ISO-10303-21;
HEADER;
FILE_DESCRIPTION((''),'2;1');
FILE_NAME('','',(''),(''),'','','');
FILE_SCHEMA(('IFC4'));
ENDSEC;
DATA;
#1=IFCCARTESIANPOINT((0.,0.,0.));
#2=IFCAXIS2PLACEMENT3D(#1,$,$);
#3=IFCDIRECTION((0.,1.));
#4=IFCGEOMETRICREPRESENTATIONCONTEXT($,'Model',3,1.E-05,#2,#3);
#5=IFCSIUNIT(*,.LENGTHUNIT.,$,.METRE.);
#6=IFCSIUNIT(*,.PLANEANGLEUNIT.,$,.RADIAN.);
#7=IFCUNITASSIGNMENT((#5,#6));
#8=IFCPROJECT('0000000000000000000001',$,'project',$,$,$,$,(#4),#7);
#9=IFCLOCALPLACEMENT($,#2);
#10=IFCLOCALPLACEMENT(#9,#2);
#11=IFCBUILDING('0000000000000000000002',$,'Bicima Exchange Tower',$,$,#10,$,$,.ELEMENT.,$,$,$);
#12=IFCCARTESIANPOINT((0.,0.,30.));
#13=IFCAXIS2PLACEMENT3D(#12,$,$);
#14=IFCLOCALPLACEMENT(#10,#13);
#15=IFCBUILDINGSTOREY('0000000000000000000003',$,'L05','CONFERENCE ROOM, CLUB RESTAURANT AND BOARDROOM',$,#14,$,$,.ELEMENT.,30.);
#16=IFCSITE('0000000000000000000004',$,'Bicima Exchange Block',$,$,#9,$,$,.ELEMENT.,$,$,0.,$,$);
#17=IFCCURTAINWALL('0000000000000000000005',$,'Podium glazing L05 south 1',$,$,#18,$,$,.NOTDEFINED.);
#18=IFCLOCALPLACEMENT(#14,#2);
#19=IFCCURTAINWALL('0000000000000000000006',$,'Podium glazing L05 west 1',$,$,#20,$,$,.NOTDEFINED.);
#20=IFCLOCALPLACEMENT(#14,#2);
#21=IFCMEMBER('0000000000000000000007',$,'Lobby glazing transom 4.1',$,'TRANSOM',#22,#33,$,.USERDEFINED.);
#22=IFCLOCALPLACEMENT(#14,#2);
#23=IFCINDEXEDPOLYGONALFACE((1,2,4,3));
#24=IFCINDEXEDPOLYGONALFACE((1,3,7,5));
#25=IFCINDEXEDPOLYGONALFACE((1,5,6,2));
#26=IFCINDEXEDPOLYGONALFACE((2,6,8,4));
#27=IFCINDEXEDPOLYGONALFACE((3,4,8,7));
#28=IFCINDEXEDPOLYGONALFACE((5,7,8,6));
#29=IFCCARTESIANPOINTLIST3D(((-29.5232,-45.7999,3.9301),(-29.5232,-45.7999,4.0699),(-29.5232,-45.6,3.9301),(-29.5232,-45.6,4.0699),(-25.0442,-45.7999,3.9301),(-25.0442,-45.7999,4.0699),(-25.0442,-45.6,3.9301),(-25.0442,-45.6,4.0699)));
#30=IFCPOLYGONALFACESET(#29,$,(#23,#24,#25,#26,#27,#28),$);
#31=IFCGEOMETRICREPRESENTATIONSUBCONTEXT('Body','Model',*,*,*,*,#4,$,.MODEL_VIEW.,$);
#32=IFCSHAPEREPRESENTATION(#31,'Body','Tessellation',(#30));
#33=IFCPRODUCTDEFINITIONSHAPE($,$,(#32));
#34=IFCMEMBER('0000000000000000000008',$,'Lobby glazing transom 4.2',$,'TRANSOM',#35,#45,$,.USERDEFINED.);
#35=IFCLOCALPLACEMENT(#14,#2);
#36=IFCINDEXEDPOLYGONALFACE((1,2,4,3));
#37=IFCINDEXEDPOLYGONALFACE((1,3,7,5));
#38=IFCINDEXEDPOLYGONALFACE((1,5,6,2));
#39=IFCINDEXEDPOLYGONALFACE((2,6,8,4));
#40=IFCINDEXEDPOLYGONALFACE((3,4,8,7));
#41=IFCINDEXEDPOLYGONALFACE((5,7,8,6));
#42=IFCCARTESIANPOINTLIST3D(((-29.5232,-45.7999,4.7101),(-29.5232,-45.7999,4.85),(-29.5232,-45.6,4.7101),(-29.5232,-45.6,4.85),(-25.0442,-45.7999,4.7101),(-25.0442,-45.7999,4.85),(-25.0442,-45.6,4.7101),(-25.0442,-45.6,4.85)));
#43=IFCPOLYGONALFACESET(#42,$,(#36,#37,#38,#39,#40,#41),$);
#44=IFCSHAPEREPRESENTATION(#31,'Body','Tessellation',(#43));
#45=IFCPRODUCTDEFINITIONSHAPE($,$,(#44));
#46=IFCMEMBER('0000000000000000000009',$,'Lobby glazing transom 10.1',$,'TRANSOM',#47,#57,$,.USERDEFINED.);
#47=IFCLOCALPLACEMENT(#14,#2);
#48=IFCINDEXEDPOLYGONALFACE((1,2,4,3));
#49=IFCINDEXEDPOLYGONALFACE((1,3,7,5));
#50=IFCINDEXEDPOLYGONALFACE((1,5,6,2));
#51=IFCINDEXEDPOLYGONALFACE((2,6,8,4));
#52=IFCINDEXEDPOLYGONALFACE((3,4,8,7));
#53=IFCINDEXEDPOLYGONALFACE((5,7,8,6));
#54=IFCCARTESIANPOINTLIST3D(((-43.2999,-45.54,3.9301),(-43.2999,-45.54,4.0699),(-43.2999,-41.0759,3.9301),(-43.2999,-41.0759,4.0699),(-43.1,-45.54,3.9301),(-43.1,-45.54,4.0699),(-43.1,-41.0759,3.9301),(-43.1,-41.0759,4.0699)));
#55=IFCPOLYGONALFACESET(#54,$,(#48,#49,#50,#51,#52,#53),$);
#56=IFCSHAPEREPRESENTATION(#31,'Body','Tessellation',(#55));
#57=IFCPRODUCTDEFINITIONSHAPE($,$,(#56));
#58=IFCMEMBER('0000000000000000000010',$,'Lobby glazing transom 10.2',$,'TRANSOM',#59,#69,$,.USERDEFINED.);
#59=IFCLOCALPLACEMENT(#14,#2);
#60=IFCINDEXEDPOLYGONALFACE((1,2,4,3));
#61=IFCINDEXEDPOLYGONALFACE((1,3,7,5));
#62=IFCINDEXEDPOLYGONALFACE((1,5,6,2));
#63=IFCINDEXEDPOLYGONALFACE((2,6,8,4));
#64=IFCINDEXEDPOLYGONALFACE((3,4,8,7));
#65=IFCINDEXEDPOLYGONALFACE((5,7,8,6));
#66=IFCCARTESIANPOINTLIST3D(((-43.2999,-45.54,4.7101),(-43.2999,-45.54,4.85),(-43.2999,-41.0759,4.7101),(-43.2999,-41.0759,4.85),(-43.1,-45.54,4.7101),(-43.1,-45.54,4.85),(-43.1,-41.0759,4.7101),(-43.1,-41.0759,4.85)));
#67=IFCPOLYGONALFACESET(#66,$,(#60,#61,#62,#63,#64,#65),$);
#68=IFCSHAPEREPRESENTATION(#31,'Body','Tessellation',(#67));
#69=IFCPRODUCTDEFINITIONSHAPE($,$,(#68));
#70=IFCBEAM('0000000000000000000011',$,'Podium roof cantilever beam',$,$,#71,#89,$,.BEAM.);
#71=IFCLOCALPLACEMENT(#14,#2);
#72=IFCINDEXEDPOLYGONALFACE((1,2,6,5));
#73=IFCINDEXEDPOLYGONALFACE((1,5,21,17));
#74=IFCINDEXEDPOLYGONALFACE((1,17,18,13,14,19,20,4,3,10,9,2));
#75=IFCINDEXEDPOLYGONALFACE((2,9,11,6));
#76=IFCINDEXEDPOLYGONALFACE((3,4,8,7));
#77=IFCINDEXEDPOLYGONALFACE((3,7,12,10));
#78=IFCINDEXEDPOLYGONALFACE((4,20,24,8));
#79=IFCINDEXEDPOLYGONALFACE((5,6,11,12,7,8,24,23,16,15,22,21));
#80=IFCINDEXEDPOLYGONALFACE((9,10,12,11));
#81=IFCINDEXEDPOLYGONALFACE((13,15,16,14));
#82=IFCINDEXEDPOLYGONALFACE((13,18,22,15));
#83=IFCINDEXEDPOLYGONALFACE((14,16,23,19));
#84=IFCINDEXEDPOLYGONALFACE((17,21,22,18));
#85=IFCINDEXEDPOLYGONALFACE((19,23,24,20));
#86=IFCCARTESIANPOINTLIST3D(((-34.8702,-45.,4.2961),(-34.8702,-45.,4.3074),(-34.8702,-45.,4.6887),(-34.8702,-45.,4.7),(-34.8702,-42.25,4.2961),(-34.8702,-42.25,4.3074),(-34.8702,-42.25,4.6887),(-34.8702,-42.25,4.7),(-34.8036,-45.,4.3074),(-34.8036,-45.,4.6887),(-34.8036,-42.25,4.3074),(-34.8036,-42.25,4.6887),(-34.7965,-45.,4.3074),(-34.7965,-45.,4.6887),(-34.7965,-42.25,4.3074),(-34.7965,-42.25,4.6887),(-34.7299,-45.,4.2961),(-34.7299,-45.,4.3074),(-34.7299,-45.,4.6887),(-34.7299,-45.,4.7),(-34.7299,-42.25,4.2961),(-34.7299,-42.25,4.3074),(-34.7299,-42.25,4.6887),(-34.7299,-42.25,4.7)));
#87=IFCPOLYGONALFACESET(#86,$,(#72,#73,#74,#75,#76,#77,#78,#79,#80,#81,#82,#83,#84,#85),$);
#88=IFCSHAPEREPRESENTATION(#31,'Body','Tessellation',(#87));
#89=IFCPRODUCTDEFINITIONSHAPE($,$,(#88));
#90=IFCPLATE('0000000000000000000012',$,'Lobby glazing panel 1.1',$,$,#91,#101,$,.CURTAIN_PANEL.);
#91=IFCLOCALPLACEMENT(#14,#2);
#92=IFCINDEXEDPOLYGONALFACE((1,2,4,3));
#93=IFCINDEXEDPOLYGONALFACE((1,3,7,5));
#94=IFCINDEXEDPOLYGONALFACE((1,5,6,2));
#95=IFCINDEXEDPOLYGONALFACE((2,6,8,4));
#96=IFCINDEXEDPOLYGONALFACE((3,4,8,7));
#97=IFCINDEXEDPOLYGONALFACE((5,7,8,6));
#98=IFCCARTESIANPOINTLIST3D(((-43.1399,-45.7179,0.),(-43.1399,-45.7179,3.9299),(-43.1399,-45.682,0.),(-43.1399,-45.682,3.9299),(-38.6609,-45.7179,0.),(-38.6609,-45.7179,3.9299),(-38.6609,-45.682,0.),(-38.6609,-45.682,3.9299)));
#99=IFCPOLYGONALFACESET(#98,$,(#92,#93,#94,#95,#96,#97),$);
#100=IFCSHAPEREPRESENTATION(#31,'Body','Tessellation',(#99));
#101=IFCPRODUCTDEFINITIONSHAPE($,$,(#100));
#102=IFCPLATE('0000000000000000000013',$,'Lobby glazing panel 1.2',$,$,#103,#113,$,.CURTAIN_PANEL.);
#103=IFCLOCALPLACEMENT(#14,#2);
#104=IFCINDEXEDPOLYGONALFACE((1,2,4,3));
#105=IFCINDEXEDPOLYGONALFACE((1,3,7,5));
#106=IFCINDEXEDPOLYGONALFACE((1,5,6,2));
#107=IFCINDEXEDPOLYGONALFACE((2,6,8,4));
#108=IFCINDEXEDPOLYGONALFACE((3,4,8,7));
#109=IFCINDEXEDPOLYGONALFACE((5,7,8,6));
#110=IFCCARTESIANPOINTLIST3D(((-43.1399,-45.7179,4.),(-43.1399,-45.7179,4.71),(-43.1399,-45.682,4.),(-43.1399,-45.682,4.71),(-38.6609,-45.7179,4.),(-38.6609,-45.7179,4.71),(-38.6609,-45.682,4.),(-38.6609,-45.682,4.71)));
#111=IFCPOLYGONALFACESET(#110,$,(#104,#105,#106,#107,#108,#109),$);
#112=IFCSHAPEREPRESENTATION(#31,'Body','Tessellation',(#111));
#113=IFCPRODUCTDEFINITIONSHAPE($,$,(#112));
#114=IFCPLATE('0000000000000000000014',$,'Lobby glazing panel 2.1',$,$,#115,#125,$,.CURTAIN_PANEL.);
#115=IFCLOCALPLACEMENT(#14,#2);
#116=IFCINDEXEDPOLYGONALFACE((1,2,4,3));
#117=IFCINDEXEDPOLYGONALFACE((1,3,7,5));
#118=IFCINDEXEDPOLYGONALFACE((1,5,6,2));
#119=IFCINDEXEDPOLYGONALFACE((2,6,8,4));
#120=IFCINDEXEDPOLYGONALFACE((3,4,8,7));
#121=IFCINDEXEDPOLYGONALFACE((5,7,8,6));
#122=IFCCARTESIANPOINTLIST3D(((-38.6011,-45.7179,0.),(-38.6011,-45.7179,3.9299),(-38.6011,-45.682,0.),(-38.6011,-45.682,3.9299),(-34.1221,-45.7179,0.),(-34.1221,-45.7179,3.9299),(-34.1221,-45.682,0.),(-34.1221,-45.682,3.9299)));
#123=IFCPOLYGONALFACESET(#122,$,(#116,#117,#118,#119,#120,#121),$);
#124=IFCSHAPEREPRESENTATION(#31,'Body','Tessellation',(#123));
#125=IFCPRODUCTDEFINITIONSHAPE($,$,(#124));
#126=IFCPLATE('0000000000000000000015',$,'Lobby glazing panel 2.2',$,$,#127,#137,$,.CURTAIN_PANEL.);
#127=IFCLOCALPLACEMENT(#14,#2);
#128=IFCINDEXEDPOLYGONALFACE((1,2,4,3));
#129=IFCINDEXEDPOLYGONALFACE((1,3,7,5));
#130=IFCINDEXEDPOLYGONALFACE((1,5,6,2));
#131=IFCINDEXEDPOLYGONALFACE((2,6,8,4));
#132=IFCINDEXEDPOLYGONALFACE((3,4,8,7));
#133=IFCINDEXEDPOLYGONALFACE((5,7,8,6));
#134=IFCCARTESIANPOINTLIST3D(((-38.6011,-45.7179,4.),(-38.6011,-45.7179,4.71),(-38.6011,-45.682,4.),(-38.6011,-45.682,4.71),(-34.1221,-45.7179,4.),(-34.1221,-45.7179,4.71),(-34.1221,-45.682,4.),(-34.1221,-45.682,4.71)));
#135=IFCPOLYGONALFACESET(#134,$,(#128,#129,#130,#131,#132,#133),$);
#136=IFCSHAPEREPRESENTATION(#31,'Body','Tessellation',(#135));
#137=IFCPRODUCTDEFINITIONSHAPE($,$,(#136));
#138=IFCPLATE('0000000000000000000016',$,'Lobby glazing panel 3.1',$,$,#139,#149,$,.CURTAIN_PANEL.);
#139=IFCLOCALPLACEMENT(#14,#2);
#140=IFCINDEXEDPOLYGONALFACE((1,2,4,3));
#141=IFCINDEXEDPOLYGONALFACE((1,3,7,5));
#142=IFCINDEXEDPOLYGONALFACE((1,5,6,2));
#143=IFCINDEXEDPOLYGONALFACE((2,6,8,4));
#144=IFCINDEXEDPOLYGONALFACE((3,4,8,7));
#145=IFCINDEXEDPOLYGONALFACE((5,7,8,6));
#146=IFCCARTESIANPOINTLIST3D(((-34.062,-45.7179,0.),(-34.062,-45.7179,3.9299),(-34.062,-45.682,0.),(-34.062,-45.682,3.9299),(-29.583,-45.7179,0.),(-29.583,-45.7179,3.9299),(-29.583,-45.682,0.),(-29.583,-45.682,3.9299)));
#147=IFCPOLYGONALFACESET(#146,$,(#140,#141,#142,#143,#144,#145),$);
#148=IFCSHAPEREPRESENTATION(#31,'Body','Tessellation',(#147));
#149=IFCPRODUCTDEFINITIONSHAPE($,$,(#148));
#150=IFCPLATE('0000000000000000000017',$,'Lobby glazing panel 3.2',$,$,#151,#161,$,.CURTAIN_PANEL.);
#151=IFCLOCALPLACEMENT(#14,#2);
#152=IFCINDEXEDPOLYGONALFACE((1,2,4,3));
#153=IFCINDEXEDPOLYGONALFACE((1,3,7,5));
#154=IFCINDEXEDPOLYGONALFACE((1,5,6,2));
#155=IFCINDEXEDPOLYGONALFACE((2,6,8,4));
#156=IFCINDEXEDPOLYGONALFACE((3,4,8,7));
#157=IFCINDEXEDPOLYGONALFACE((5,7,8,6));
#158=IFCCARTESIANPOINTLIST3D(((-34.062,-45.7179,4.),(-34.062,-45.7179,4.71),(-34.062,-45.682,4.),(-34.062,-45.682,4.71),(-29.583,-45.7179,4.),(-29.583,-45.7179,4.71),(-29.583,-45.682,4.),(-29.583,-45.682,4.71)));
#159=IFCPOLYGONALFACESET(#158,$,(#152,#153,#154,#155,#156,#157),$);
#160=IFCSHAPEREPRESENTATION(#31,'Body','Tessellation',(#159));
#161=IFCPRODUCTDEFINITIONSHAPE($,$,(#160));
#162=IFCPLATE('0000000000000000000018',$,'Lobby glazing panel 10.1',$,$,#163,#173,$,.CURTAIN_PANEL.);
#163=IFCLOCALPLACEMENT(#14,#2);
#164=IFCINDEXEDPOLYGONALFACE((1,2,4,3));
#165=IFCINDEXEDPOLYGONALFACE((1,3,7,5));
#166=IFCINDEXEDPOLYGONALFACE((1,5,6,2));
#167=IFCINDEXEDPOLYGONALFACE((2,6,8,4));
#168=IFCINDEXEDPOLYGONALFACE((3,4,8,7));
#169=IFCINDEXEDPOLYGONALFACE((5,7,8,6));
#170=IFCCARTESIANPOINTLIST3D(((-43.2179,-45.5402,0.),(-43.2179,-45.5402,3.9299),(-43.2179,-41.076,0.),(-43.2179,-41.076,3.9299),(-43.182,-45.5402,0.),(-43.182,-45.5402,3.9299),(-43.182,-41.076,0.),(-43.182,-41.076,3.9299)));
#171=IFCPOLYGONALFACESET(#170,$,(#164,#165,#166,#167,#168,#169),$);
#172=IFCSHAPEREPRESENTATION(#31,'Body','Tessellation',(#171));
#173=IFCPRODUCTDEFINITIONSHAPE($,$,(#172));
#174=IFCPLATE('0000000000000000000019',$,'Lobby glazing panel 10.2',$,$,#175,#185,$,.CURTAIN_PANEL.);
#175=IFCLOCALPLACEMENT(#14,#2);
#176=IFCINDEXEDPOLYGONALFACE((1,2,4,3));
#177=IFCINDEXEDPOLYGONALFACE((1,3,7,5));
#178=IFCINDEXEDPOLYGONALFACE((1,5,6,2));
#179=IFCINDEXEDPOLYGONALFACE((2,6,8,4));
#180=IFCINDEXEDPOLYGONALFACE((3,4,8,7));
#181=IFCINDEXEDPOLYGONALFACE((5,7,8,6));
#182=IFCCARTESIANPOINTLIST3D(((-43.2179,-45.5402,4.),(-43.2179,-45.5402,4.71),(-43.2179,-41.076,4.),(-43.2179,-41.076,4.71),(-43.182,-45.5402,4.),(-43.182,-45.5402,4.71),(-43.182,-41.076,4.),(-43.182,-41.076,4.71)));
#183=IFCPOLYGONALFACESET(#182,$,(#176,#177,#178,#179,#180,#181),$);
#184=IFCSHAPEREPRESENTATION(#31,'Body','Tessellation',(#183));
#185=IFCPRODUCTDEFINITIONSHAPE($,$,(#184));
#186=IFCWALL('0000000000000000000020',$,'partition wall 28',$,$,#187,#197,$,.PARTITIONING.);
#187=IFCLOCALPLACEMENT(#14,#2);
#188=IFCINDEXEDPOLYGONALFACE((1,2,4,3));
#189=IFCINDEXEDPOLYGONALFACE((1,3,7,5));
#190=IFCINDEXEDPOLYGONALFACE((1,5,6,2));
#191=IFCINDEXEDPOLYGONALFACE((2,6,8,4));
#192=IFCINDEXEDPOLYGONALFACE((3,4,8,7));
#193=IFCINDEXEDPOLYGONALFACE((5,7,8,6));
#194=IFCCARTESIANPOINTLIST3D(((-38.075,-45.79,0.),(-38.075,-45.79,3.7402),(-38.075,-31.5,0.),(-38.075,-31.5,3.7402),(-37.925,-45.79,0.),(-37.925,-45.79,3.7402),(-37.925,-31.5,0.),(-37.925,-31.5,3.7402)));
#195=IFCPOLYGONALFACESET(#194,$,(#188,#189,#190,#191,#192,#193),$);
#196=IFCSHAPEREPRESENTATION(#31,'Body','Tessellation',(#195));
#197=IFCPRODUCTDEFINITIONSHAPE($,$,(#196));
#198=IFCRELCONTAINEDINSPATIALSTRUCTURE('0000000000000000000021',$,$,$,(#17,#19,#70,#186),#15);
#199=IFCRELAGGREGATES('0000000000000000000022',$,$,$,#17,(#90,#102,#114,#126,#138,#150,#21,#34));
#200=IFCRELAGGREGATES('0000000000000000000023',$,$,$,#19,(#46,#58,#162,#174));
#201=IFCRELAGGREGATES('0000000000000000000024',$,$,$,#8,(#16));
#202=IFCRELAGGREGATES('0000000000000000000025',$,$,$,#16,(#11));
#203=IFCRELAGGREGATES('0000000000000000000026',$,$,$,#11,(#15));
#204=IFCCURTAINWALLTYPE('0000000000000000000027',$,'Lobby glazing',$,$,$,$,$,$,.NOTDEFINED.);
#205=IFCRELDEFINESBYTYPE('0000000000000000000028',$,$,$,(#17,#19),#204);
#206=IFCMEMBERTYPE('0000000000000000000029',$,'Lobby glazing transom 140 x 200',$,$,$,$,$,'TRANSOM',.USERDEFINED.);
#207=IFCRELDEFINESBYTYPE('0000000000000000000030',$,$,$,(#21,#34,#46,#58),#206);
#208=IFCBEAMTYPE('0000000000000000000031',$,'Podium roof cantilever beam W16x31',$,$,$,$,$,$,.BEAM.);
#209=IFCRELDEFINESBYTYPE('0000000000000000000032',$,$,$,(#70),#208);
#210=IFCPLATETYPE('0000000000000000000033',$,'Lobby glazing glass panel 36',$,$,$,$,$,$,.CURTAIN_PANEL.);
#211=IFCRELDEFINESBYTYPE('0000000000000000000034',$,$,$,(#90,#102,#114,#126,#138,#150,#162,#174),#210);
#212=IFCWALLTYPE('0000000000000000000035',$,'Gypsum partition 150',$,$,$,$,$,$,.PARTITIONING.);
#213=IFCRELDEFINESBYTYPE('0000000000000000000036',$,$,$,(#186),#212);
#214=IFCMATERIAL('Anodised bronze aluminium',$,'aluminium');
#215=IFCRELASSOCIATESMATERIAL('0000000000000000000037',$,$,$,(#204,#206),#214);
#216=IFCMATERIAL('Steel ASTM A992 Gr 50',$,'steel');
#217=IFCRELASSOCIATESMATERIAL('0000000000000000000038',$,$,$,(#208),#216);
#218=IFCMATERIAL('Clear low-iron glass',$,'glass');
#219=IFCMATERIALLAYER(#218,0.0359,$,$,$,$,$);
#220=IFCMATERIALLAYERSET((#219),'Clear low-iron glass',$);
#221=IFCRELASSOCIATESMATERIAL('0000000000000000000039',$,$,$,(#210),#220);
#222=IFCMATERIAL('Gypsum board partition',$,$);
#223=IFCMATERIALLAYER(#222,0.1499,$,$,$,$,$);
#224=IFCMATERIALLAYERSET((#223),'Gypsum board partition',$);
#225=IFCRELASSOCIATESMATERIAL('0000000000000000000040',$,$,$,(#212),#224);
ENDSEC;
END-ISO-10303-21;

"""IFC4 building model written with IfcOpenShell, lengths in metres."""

from ifc_helpers import new_model, si_unit, direction, frame, frame_2d, origin, origin_2d, place, context, subcontext, project, spatial, rectangle, i_section, extrude, material, layer, layer_set, material_profile, profile_set, type_object, element, aggregate, save


model = new_model("IFC4")

# Units and contexts
model_context = context("Model", 3, precision=1e-05, world=origin(), true_north=direction((0.0, 1.0)))
body_context = subcontext(model_context, "Body", "Model", "MODEL_VIEW")
ifc_project = project(units=[si_unit("LENGTHUNIT", "METRE"), si_unit("PLANEANGLEUNIT", "RADIAN")], contexts=[model_context])

# Site, building, storey
site_placement = place(None, origin())
site = spatial("IfcSite", under=ifc_project, at=site_placement, Name="Bicima Exchange Block", CompositionType="ELEMENT", RefElevation=0.0)
building_placement = place(site_placement, origin())
building = spatial("IfcBuilding", under=site, at=building_placement, Name="Bicima Exchange Tower", CompositionType="ELEMENT")
storey_placement = place(building_placement, frame((0.0, 0.0, 30.0)))
storey = spatial("IfcBuildingStorey", under=building, at=storey_placement, Name="L05", Description="CONFERENCE ROOM, CLUB RESTAURANT AND BOARDROOM", CompositionType="ELEMENT", Elevation=30.0)

# Curtain walls
ifc_material_1 = material(Name="Anodised bronze aluminium", Category="aluminium")
curtain_wall_type = type_object("IfcCurtainWallType", Name="Lobby glazing", PredefinedType="NOTDEFINED", material=ifc_material_1)
curtain_wall_1_placement = place(storey_placement, origin())
curtain_wall_1 = element("IfcCurtainWall", 1, at=curtain_wall_1_placement, inside=storey, type_object=curtain_wall_type, Name="Podium glazing L05 south 1", PredefinedType="NOTDEFINED")
curtain_wall_2_placement = place(storey_placement, origin())
curtain_wall_2 = element("IfcCurtainWall", 2, at=curtain_wall_2_placement, inside=storey, type_object=curtain_wall_type, Name="Podium glazing L05 west 1", PredefinedType="NOTDEFINED")

# Members
ifc_material_profile_1 = material_profile(ifc_material_1, rectangle(XDim=0.2, YDim=0.1399, at=origin_2d()))
ifc_profile_set_1 = profile_set([ifc_material_profile_1], Name="Anodised bronze aluminium")
member_type_1 = type_object("IfcMemberType", Name="Lobby glazing transom 140 x 200", ElementType="TRANSOM", PredefinedType="USERDEFINED", material=ifc_profile_set_1)
member_1_placement = place(storey_placement, frame((-29.5232, -45.7, 4.0), z_axis=(1.0, 0.0, 0.0), x_axis=(0.0, 1.0, 0.0)))
member_1 = element("IfcMember", 3, at=member_1_placement, type_object=member_type_1, Name="Lobby glazing transom 4.1", ObjectType="TRANSOM", PredefinedType="USERDEFINED", context=body_context, shape_type="SweptSolid", body=[
    extrude(rectangle(XDim=0.2, YDim=0.1399, at=origin_2d()), origin(), (0.0, 0.0, 1.0), 4.479),
])
member_2_placement = place(storey_placement, frame((-29.5232, -45.7, 4.78), z_axis=(1.0, 0.0, 0.0), x_axis=(0.0, 1.0, 0.0)))
member_2 = element("IfcMember", 4, at=member_2_placement, type_object=member_type_1, Name="Lobby glazing transom 4.2", ObjectType="TRANSOM", PredefinedType="USERDEFINED", context=body_context, shape_type="SweptSolid", body=[
    extrude(rectangle(XDim=0.2, YDim=0.1399, at=origin_2d()), origin(), (0.0, 0.0, 1.0), 4.479),
])
member_3_placement = place(storey_placement, frame((-43.2, -41.0759, 4.0), z_axis=(0.0, -1.0, 0.0), x_axis=(1.0, 0.0, 0.0)))
member_3 = element("IfcMember", 5, at=member_3_placement, type_object=member_type_1, Name="Lobby glazing transom 10.1", ObjectType="TRANSOM", PredefinedType="USERDEFINED", context=body_context, shape_type="SweptSolid", body=[
    extrude(rectangle(XDim=0.2, YDim=0.1399, at=origin_2d()), origin(), (0.0, 0.0, 1.0), 4.4641),
])
member_4_placement = place(storey_placement, frame((-43.2, -41.0759, 4.78), z_axis=(0.0, -1.0, 0.0), x_axis=(1.0, 0.0, 0.0)))
member_4 = element("IfcMember", 6, at=member_4_placement, type_object=member_type_1, Name="Lobby glazing transom 10.2", ObjectType="TRANSOM", PredefinedType="USERDEFINED", context=body_context, shape_type="SweptSolid", body=[
    extrude(rectangle(XDim=0.2, YDim=0.1399, at=origin_2d()), origin(), (0.0, 0.0, 1.0), 4.4641),
])

# Beam
ifc_material_2 = material(Name="Steel ASTM A992 Gr 50", Category="steel")
ifc_material_profile_2 = material_profile(ifc_material_2, i_section(OverallWidth=0.1404, OverallDepth=0.4038, WebThickness=0.0071, FlangeThickness=0.0112, at=origin_2d()))
ifc_profile_set_2 = profile_set([ifc_material_profile_2], Name="Steel ASTM A992 Gr 50")
beam_type = type_object("IfcBeamType", Name="Podium roof cantilever beam W16x31", PredefinedType="BEAM", material=ifc_profile_set_2)
beam_placement = place(storey_placement, frame((-34.8, -45.0, 4.498), z_axis=(0.0, 1.0, 0.0), x_axis=(-1.0, 0.0, 0.0)))
element("IfcBeam", 7, at=beam_placement, inside=storey, type_object=beam_type, Name="Podium roof cantilever beam", PredefinedType="BEAM", context=body_context, shape_type="SweptSolid", body=[
    extrude(i_section(OverallWidth=0.1404, OverallDepth=0.4038, WebThickness=0.0071, FlangeThickness=0.0112, at=origin_2d()), origin(), (0.0, 0.0, 1.0), 2.75),
])

# Plates
ifc_material_3 = material(Name="Clear low-iron glass", Category="glass")
ifc_layer_1 = layer(ifc_material_3, 0.0359)
ifc_layer_set_1 = layer_set([ifc_layer_1], Name="Clear low-iron glass")
plate_type = type_object("IfcPlateType", Name="Lobby glazing glass panel 36", PredefinedType="CURTAIN_PANEL", material=ifc_layer_set_1)
plate_1_placement = place(storey_placement, frame((-40.9004, -45.7, 0.0), z_axis=(0.0, 0.0, 1.0), x_axis=(1.0, 0.0, 0.0)))
plate_1 = element("IfcPlate", 8, at=plate_1_placement, type_object=plate_type, Name="Lobby glazing panel 1.1", PredefinedType="CURTAIN_PANEL", context=body_context, shape_type="SweptSolid", body=[
    extrude(rectangle(XDim=4.479, YDim=0.0359, at=origin_2d()), origin(), (0.0, 0.0, 1.0), 3.9299),
])
plate_2_placement = place(storey_placement, frame((-40.9004, -45.7, 4.0), z_axis=(0.0, 0.0, 1.0), x_axis=(1.0, 0.0, 0.0)))
plate_2 = element("IfcPlate", 9, at=plate_2_placement, type_object=plate_type, Name="Lobby glazing panel 1.2", PredefinedType="CURTAIN_PANEL", context=body_context, shape_type="SweptSolid", body=[
    extrude(rectangle(XDim=4.479, YDim=0.0359, at=origin_2d()), origin(), (0.0, 0.0, 1.0), 0.71),
])
plate_3_placement = place(storey_placement, frame((-36.3616, -45.7, 0.0), z_axis=(0.0, 0.0, 1.0), x_axis=(1.0, 0.0, 0.0)))
plate_3 = element("IfcPlate", 10, at=plate_3_placement, type_object=plate_type, Name="Lobby glazing panel 2.1", PredefinedType="CURTAIN_PANEL", context=body_context, shape_type="SweptSolid", body=[
    extrude(rectangle(XDim=4.479, YDim=0.0359, at=origin_2d()), origin(), (0.0, 0.0, 1.0), 3.9299),
])
plate_4_placement = place(storey_placement, frame((-36.3616, -45.7, 4.0), z_axis=(0.0, 0.0, 1.0), x_axis=(1.0, 0.0, 0.0)))
plate_4 = element("IfcPlate", 11, at=plate_4_placement, type_object=plate_type, Name="Lobby glazing panel 2.2", PredefinedType="CURTAIN_PANEL", context=body_context, shape_type="SweptSolid", body=[
    extrude(rectangle(XDim=4.479, YDim=0.0359, at=origin_2d()), origin(), (0.0, 0.0, 1.0), 0.71),
])
plate_5_placement = place(storey_placement, frame((-31.8225, -45.7, 0.0), z_axis=(0.0, 0.0, 1.0), x_axis=(1.0, 0.0, 0.0)))
plate_5 = element("IfcPlate", 12, at=plate_5_placement, type_object=plate_type, Name="Lobby glazing panel 3.1", PredefinedType="CURTAIN_PANEL", context=body_context, shape_type="SweptSolid", body=[
    extrude(rectangle(XDim=4.479, YDim=0.0359, at=origin_2d()), origin(), (0.0, 0.0, 1.0), 3.9299),
])
plate_6_placement = place(storey_placement, frame((-31.8225, -45.7, 4.0), z_axis=(0.0, 0.0, 1.0), x_axis=(1.0, 0.0, 0.0)))
plate_6 = element("IfcPlate", 13, at=plate_6_placement, type_object=plate_type, Name="Lobby glazing panel 3.2", PredefinedType="CURTAIN_PANEL", context=body_context, shape_type="SweptSolid", body=[
    extrude(rectangle(XDim=4.479, YDim=0.0359, at=origin_2d()), origin(), (0.0, 0.0, 1.0), 0.71),
])
aggregate(curtain_wall_1, [plate_1, plate_2, plate_3, plate_4, plate_5, plate_6, member_1, member_2])
plate_7_placement = place(storey_placement, frame((-43.2, -43.3081, 0.0), z_axis=(0.0, 0.0, 1.0), x_axis=(0.0, -1.0, 0.0)))
plate_7 = element("IfcPlate", 14, at=plate_7_placement, type_object=plate_type, Name="Lobby glazing panel 10.1", PredefinedType="CURTAIN_PANEL", context=body_context, shape_type="SweptSolid", body=[
    extrude(rectangle(XDim=4.4641, YDim=0.0359, at=origin_2d()), origin(), (0.0, 0.0, 1.0), 3.9299),
])
plate_8_placement = place(storey_placement, frame((-43.2, -43.3081, 4.0), z_axis=(0.0, 0.0, 1.0), x_axis=(0.0, -1.0, 0.0)))
plate_8 = element("IfcPlate", 15, at=plate_8_placement, type_object=plate_type, Name="Lobby glazing panel 10.2", PredefinedType="CURTAIN_PANEL", context=body_context, shape_type="SweptSolid", body=[
    extrude(rectangle(XDim=4.4641, YDim=0.0359, at=origin_2d()), origin(), (0.0, 0.0, 1.0), 0.71),
])
aggregate(curtain_wall_2, [member_3, member_4, plate_7, plate_8])

# Wall
ifc_material_4 = material(Name="Gypsum board partition")
ifc_layer_2 = layer(ifc_material_4, 0.1499)
ifc_layer_set_2 = layer_set([ifc_layer_2], Name="Gypsum board partition")
wall_type = type_object("IfcWallType", Name="Gypsum partition 150", PredefinedType="PARTITIONING", material=ifc_layer_set_2)
for number, where, z_axis, x_axis, name in (
    (16, (-38.0, -45.79, 0.0), (0.0, 0.0, 1.0), (0.0, 1.0, 0.0), "partition wall 28"),
):
    element("IfcWall", number, at=place(storey_placement, frame(where, z_axis=z_axis, x_axis=x_axis)), inside=storey, type_object=wall_type, Name=name, PredefinedType="PARTITIONING", context=body_context, shape_type="SweptSolid", body=[
        extrude(rectangle(XDim=14.29, YDim=0.1499, at=frame_2d((7.145, 0.0))), origin(), (0.0, 0.0, 1.0), 3.7402),
    ])

save(model, "model.ifc")
